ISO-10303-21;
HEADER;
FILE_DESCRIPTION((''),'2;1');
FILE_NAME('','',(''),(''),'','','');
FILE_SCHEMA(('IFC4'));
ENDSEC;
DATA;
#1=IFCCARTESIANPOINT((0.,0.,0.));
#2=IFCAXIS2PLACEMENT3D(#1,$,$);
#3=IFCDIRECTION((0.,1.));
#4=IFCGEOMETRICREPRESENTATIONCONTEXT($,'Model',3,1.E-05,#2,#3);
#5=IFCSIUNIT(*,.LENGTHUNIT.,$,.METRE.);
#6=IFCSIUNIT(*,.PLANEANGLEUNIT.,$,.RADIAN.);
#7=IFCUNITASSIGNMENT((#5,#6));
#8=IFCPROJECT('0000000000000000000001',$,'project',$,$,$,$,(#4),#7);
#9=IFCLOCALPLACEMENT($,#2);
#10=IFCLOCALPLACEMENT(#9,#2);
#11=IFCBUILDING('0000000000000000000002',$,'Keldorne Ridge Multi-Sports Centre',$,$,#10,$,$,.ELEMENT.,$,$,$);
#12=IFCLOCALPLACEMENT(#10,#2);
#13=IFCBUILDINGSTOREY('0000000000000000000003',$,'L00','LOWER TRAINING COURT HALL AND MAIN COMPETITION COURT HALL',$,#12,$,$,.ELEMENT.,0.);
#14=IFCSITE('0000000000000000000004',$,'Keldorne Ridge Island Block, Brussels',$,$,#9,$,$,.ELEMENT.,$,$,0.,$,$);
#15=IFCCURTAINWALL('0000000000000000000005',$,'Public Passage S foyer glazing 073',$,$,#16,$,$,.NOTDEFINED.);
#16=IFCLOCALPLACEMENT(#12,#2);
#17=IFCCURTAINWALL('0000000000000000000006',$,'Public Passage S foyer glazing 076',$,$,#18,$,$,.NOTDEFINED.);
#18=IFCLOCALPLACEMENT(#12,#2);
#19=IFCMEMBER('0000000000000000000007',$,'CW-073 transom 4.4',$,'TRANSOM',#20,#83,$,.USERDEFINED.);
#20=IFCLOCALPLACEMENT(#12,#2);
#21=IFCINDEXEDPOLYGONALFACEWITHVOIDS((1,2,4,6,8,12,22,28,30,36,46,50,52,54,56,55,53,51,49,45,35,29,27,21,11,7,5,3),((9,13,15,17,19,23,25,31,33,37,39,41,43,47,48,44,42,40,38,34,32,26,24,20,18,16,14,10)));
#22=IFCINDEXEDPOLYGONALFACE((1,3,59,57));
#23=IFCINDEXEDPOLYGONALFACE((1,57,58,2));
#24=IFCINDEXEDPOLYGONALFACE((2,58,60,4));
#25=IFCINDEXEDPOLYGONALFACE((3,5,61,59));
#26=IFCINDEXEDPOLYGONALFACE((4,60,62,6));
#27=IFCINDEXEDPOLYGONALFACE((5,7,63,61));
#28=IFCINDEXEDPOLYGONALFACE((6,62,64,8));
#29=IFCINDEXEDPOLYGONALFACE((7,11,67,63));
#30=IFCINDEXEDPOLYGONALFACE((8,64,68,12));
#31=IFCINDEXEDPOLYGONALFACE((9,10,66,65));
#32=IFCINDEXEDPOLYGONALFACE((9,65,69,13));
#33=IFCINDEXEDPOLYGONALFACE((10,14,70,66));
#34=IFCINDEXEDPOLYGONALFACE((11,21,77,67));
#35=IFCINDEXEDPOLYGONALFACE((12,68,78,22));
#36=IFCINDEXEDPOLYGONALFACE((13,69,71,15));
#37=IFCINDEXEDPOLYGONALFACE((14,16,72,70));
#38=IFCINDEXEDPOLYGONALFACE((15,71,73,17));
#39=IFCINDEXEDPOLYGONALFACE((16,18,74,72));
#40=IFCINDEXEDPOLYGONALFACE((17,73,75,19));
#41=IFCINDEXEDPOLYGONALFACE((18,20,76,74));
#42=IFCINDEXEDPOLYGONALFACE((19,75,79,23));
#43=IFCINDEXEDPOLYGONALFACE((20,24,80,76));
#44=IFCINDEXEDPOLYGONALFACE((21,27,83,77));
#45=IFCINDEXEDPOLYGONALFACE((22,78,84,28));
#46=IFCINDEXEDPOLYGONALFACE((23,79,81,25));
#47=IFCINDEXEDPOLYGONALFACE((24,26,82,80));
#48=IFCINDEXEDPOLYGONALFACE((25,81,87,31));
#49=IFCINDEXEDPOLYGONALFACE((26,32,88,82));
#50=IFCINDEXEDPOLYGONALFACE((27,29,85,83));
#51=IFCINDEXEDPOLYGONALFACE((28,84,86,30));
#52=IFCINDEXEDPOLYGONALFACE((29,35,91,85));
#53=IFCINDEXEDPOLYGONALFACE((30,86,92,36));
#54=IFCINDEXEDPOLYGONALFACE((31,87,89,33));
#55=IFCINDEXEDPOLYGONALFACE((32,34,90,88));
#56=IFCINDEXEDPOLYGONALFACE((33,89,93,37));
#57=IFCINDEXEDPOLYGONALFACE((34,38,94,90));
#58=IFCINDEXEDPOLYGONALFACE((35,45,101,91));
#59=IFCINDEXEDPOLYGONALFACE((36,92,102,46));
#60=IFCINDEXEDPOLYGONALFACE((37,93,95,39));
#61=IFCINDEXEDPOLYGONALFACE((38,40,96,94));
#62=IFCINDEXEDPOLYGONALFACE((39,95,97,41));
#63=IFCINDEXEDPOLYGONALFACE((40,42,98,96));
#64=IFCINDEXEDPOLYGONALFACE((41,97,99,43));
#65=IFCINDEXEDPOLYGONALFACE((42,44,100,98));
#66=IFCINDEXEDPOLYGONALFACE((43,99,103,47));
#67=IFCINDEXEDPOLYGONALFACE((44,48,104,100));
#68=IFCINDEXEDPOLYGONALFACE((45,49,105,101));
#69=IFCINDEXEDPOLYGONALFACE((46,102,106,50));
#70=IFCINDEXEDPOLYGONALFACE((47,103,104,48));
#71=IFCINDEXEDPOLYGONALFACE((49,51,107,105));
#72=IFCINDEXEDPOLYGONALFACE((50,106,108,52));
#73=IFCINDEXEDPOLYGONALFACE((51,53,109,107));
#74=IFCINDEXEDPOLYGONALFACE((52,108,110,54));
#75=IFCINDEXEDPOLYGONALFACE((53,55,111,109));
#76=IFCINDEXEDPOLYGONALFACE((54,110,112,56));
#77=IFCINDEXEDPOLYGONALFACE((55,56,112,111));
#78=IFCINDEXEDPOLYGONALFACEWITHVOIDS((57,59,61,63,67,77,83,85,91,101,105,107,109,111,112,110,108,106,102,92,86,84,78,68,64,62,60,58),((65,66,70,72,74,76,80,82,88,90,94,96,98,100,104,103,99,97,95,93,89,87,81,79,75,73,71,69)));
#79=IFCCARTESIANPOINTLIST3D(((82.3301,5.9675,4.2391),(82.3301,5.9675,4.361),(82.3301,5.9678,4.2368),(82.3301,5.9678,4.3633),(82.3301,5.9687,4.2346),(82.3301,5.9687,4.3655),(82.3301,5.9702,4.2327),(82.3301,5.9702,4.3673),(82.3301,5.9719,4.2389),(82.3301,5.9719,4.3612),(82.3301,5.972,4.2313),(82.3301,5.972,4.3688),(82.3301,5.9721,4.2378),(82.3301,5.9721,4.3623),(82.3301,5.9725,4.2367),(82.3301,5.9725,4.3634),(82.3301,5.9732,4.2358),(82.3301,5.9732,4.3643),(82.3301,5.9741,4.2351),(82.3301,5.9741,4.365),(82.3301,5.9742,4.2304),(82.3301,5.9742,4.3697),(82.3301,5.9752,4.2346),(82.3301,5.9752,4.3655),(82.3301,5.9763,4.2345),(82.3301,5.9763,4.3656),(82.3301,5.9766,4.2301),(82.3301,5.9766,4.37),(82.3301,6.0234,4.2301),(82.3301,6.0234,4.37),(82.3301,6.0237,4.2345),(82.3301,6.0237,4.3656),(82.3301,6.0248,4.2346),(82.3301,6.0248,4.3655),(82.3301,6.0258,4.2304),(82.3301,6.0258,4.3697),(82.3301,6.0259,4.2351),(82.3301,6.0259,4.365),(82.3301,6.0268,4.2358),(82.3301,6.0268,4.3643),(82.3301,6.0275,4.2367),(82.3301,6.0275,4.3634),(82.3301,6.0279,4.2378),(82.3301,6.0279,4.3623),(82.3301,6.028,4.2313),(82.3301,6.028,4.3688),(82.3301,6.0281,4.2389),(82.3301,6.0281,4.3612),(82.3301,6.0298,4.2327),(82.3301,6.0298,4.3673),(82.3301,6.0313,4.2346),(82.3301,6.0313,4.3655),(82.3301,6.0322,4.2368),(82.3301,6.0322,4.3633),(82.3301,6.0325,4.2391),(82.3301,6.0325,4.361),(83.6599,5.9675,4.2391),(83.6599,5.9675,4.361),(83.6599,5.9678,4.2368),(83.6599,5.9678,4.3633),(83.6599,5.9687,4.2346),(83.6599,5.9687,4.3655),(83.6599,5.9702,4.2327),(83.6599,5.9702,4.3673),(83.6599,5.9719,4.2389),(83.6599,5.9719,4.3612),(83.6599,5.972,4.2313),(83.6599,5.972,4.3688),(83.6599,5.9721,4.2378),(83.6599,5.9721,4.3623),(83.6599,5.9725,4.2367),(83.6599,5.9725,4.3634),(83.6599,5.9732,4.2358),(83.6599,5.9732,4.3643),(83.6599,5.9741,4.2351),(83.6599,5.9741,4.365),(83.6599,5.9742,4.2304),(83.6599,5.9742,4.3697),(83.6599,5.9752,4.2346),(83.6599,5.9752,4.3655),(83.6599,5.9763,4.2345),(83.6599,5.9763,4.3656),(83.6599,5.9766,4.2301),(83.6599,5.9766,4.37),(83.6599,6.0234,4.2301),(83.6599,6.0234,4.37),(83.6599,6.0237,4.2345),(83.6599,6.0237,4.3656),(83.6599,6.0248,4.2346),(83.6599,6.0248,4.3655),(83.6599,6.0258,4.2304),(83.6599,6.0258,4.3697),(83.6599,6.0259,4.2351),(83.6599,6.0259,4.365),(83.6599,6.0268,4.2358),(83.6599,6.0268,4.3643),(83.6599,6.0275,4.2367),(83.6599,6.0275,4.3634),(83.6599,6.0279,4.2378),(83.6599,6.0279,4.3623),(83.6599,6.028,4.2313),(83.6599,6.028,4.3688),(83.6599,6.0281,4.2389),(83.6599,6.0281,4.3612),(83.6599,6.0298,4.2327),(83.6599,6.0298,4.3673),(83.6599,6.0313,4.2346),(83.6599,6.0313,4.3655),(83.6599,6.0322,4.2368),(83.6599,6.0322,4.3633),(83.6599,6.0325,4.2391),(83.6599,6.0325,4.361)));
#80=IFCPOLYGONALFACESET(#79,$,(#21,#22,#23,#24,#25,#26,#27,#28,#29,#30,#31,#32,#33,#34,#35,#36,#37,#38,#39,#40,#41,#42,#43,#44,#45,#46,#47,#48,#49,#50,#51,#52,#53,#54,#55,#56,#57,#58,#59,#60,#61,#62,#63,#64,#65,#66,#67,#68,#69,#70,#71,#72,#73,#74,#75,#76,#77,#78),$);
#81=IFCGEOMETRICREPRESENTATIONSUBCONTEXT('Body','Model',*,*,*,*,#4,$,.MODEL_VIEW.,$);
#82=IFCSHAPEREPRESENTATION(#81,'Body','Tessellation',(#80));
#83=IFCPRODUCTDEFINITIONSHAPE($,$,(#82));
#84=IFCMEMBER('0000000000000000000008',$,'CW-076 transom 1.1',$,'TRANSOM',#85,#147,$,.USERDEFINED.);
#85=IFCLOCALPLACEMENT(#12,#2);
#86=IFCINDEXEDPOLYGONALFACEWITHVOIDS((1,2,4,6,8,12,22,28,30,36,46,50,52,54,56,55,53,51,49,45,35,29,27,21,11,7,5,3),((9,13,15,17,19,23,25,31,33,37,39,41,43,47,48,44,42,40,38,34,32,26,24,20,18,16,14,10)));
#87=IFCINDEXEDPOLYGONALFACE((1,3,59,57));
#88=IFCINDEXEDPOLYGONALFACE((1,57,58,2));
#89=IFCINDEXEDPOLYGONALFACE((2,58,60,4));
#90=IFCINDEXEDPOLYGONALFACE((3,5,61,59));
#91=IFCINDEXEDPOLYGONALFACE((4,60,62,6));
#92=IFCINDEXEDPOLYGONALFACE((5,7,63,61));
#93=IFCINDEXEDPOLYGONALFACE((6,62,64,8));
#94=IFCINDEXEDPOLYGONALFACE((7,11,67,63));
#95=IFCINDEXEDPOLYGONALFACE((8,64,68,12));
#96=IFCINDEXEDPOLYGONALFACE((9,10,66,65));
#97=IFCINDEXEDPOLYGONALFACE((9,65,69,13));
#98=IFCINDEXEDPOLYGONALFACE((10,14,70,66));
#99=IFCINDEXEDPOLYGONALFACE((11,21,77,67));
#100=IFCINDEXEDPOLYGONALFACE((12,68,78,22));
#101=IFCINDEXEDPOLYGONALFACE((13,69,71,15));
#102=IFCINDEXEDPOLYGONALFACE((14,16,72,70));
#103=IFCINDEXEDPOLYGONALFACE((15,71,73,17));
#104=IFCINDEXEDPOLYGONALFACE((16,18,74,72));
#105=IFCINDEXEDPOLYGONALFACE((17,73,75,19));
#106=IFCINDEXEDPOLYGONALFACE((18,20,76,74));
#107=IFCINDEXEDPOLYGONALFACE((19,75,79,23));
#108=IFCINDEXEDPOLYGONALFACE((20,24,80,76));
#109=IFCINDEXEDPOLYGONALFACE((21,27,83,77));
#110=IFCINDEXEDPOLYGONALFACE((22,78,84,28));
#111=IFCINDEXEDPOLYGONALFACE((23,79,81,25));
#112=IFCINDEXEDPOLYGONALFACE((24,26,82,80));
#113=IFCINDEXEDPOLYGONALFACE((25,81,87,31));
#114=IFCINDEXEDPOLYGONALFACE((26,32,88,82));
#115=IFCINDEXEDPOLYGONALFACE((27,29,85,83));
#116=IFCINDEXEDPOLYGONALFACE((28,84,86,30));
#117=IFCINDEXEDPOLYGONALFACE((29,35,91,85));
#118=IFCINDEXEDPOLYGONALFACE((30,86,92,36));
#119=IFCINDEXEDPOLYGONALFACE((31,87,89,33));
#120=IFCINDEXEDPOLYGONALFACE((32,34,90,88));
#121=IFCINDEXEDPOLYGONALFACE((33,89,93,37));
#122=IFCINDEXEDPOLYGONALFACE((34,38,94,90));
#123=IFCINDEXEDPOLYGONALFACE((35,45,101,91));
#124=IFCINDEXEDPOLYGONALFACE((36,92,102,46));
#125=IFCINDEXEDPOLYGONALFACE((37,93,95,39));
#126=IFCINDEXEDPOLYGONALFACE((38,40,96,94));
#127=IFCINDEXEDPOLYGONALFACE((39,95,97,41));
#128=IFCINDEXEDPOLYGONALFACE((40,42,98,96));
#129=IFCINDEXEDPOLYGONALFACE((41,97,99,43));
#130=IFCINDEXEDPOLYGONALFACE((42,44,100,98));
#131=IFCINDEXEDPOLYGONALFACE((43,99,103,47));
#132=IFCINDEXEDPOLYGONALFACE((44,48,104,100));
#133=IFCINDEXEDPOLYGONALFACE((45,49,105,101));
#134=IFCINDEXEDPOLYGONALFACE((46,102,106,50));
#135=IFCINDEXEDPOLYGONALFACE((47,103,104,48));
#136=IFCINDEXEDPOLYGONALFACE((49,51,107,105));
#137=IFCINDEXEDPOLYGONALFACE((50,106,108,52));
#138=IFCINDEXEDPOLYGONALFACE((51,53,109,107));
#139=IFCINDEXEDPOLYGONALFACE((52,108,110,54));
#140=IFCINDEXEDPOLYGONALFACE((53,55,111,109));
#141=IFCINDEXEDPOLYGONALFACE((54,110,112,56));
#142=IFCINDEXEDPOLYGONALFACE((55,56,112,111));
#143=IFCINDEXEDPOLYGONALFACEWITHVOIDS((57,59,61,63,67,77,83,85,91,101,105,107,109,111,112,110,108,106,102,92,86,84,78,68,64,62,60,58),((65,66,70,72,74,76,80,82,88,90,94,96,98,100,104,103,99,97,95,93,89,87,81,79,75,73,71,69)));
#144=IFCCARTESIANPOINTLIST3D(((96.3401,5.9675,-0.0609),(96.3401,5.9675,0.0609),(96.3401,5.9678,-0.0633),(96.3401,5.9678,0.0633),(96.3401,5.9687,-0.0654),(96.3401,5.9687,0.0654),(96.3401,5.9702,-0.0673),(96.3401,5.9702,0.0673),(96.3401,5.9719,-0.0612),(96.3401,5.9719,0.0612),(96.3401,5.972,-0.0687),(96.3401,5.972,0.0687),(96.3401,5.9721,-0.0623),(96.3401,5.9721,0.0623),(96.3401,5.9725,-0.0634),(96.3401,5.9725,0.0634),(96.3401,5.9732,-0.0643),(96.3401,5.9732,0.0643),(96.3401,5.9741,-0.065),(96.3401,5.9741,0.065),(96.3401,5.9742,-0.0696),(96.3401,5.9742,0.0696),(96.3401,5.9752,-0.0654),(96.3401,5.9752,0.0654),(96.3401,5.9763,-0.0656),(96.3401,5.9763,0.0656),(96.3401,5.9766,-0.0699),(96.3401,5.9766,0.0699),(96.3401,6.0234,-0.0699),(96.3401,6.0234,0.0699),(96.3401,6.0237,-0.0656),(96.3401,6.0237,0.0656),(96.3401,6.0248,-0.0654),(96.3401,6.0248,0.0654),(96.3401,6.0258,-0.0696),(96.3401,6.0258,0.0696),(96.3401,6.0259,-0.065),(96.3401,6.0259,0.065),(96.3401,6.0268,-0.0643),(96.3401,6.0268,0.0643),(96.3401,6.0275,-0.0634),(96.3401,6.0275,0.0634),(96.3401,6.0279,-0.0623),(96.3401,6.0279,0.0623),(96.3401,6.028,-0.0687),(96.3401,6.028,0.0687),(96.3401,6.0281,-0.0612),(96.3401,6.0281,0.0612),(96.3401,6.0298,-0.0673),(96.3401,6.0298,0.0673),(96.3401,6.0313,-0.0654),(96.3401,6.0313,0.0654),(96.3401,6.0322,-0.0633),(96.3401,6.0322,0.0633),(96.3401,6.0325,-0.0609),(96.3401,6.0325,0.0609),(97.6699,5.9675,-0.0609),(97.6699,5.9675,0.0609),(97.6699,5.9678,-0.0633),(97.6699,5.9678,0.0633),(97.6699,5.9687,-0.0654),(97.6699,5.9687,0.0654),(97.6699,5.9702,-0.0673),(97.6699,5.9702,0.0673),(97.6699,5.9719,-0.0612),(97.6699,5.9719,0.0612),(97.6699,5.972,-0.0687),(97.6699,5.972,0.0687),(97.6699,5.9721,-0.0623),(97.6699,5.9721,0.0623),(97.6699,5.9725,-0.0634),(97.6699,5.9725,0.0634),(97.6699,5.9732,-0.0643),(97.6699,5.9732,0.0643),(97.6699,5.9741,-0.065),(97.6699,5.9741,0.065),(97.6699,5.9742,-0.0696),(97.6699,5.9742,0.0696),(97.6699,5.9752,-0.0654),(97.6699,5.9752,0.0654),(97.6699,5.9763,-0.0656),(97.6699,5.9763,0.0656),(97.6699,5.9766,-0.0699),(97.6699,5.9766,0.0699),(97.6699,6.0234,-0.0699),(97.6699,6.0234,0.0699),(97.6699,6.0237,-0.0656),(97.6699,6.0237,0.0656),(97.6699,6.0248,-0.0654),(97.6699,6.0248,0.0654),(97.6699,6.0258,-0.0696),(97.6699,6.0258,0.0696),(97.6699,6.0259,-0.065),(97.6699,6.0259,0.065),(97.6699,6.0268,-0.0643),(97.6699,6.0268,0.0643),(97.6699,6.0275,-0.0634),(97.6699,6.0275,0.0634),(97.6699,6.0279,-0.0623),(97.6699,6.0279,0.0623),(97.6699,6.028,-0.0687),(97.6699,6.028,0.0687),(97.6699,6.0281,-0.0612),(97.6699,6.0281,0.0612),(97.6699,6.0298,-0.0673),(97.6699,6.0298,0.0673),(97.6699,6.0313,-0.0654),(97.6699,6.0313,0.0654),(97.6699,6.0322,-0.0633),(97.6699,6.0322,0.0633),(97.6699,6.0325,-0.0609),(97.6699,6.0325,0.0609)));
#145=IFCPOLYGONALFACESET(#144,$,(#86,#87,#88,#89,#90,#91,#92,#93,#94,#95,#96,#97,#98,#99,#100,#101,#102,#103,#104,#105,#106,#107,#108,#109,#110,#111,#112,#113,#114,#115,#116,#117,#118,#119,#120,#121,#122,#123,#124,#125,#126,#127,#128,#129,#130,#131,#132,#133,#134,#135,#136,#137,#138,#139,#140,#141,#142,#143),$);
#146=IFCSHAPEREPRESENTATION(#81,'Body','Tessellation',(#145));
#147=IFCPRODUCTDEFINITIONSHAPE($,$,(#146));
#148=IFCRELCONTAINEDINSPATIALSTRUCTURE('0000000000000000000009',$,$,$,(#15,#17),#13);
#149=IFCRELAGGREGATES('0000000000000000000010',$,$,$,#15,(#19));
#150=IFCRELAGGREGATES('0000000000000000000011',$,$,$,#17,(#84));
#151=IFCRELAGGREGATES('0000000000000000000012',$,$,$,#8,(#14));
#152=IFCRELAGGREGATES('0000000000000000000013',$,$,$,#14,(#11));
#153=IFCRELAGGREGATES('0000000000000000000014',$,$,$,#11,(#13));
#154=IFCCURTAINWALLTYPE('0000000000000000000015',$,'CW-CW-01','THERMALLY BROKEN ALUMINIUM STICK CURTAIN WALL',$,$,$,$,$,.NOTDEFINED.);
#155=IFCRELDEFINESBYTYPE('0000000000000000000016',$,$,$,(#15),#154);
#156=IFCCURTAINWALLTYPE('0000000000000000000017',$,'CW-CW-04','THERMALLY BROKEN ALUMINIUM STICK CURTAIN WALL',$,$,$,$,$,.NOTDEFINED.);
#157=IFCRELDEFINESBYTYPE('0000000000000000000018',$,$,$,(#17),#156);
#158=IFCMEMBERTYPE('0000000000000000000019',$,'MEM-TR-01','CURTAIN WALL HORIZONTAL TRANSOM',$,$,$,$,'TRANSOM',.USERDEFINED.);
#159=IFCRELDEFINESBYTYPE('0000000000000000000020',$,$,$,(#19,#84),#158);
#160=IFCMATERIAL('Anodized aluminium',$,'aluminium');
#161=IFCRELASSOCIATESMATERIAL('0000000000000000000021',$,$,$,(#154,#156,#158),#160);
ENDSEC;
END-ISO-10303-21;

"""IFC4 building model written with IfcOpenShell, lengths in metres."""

from ifc_helpers import new_model, si_unit, direction, frame, origin, origin_2d, place, context, subcontext, project, spatial, hollow_rectangle, extrude, material, material_profile, profile_set, type_object, element, aggregate, save


model = new_model("IFC4")

# Units and contexts
model_context = context("Model", 3, precision=1e-05, world=origin(), true_north=direction((0.0, 1.0)))
body_context = subcontext(model_context, "Body", "Model", "MODEL_VIEW")
ifc_project = project(units=[si_unit("LENGTHUNIT", "METRE"), si_unit("PLANEANGLEUNIT", "RADIAN")], contexts=[model_context])

# Site, building, storey
site_placement = place(None, origin())
site = spatial("IfcSite", under=ifc_project, at=site_placement, Name="Keldorne Ridge Island Block, Brussels", CompositionType="ELEMENT", RefElevation=0.0)
building_placement = place(site_placement, origin())
building = spatial("IfcBuilding", under=site, at=building_placement, Name="Keldorne Ridge Multi-Sports Centre", CompositionType="ELEMENT")
storey_placement = place(building_placement, origin())
storey = spatial("IfcBuildingStorey", under=building, at=storey_placement, Name="L00", Description="LOWER TRAINING COURT HALL AND MAIN COMPETITION COURT HALL", CompositionType="ELEMENT", Elevation=0.0)

# Curtain wall
ifc_material_1 = material(Name="Anodized aluminium", Category="aluminium")
curtain_wall_type_1 = type_object("IfcCurtainWallType", Name="CW-CW-01", Description="THERMALLY BROKEN ALUMINIUM STICK CURTAIN WALL", PredefinedType="NOTDEFINED", material=ifc_material_1)
curtain_wall_1_placement = place(storey_placement, origin())
curtain_wall_1 = element("IfcCurtainWall", 1, at=curtain_wall_1_placement, inside=storey, type_object=curtain_wall_type_1, Name="Public Passage S foyer glazing 073", PredefinedType="NOTDEFINED")

# Curtain wall
curtain_wall_type_2 = type_object("IfcCurtainWallType", Name="CW-CW-04", Description="THERMALLY BROKEN ALUMINIUM STICK CURTAIN WALL", PredefinedType="NOTDEFINED", material=ifc_material_1)
curtain_wall_2_placement = place(storey_placement, origin())
curtain_wall_2 = element("IfcCurtainWall", 2, at=curtain_wall_2_placement, inside=storey, type_object=curtain_wall_type_2, Name="Public Passage S foyer glazing 076", PredefinedType="NOTDEFINED")

# Members
ifc_material_profile_1 = material_profile(ifc_material_1, hollow_rectangle(XDim=0.0649, YDim=0.1399, WallThickness=0.0044, InnerFilletRadius=0.0044, OuterFilletRadius=0.009, at=origin_2d()), Name="ALU TRANSOM 140x65x4.5")
ifc_profile_set_1 = profile_set([ifc_material_profile_1], Name="Anodized aluminium")
member_type_1 = type_object("IfcMemberType", Name="MEM-TR-01", Description="CURTAIN WALL HORIZONTAL TRANSOM", ElementType="TRANSOM", PredefinedType="USERDEFINED", material=ifc_profile_set_1)
member_1_placement = place(storey_placement, frame((82.3301, 6.0, 4.3), z_axis=(1.0, 0.0, 0.0), x_axis=(0.0, 1.0, 0.0)))
member_1 = element("IfcMember", 3, at=member_1_placement, type_object=member_type_1, Name="CW-073 transom 4.4", ObjectType="TRANSOM", PredefinedType="USERDEFINED", context=body_context, shape_type="SweptSolid", body=[
    extrude(hollow_rectangle(XDim=0.0649, YDim=0.1399, WallThickness=0.0044, InnerFilletRadius=0.0044, OuterFilletRadius=0.009, at=origin_2d()), origin(), (0.0, 0.0, 1.0), 1.3298),
])
member_2_placement = place(storey_placement, frame((96.3401, 6.0, 0.0), z_axis=(1.0, 0.0, 0.0), x_axis=(0.0, 1.0, 0.0)))
member_2 = element("IfcMember", 4, at=member_2_placement, type_object=member_type_1, Name="CW-076 transom 1.1", ObjectType="TRANSOM", PredefinedType="USERDEFINED", context=body_context, shape_type="SweptSolid", body=[
    extrude(hollow_rectangle(XDim=0.0649, YDim=0.1399, WallThickness=0.0044, InnerFilletRadius=0.0044, OuterFilletRadius=0.009, at=origin_2d()), origin(), (0.0, 0.0, 1.0), 1.3298),
])

aggregate(curtain_wall_1, [member_1])
aggregate(curtain_wall_2, [member_2])

save(model, "model.ifc")
